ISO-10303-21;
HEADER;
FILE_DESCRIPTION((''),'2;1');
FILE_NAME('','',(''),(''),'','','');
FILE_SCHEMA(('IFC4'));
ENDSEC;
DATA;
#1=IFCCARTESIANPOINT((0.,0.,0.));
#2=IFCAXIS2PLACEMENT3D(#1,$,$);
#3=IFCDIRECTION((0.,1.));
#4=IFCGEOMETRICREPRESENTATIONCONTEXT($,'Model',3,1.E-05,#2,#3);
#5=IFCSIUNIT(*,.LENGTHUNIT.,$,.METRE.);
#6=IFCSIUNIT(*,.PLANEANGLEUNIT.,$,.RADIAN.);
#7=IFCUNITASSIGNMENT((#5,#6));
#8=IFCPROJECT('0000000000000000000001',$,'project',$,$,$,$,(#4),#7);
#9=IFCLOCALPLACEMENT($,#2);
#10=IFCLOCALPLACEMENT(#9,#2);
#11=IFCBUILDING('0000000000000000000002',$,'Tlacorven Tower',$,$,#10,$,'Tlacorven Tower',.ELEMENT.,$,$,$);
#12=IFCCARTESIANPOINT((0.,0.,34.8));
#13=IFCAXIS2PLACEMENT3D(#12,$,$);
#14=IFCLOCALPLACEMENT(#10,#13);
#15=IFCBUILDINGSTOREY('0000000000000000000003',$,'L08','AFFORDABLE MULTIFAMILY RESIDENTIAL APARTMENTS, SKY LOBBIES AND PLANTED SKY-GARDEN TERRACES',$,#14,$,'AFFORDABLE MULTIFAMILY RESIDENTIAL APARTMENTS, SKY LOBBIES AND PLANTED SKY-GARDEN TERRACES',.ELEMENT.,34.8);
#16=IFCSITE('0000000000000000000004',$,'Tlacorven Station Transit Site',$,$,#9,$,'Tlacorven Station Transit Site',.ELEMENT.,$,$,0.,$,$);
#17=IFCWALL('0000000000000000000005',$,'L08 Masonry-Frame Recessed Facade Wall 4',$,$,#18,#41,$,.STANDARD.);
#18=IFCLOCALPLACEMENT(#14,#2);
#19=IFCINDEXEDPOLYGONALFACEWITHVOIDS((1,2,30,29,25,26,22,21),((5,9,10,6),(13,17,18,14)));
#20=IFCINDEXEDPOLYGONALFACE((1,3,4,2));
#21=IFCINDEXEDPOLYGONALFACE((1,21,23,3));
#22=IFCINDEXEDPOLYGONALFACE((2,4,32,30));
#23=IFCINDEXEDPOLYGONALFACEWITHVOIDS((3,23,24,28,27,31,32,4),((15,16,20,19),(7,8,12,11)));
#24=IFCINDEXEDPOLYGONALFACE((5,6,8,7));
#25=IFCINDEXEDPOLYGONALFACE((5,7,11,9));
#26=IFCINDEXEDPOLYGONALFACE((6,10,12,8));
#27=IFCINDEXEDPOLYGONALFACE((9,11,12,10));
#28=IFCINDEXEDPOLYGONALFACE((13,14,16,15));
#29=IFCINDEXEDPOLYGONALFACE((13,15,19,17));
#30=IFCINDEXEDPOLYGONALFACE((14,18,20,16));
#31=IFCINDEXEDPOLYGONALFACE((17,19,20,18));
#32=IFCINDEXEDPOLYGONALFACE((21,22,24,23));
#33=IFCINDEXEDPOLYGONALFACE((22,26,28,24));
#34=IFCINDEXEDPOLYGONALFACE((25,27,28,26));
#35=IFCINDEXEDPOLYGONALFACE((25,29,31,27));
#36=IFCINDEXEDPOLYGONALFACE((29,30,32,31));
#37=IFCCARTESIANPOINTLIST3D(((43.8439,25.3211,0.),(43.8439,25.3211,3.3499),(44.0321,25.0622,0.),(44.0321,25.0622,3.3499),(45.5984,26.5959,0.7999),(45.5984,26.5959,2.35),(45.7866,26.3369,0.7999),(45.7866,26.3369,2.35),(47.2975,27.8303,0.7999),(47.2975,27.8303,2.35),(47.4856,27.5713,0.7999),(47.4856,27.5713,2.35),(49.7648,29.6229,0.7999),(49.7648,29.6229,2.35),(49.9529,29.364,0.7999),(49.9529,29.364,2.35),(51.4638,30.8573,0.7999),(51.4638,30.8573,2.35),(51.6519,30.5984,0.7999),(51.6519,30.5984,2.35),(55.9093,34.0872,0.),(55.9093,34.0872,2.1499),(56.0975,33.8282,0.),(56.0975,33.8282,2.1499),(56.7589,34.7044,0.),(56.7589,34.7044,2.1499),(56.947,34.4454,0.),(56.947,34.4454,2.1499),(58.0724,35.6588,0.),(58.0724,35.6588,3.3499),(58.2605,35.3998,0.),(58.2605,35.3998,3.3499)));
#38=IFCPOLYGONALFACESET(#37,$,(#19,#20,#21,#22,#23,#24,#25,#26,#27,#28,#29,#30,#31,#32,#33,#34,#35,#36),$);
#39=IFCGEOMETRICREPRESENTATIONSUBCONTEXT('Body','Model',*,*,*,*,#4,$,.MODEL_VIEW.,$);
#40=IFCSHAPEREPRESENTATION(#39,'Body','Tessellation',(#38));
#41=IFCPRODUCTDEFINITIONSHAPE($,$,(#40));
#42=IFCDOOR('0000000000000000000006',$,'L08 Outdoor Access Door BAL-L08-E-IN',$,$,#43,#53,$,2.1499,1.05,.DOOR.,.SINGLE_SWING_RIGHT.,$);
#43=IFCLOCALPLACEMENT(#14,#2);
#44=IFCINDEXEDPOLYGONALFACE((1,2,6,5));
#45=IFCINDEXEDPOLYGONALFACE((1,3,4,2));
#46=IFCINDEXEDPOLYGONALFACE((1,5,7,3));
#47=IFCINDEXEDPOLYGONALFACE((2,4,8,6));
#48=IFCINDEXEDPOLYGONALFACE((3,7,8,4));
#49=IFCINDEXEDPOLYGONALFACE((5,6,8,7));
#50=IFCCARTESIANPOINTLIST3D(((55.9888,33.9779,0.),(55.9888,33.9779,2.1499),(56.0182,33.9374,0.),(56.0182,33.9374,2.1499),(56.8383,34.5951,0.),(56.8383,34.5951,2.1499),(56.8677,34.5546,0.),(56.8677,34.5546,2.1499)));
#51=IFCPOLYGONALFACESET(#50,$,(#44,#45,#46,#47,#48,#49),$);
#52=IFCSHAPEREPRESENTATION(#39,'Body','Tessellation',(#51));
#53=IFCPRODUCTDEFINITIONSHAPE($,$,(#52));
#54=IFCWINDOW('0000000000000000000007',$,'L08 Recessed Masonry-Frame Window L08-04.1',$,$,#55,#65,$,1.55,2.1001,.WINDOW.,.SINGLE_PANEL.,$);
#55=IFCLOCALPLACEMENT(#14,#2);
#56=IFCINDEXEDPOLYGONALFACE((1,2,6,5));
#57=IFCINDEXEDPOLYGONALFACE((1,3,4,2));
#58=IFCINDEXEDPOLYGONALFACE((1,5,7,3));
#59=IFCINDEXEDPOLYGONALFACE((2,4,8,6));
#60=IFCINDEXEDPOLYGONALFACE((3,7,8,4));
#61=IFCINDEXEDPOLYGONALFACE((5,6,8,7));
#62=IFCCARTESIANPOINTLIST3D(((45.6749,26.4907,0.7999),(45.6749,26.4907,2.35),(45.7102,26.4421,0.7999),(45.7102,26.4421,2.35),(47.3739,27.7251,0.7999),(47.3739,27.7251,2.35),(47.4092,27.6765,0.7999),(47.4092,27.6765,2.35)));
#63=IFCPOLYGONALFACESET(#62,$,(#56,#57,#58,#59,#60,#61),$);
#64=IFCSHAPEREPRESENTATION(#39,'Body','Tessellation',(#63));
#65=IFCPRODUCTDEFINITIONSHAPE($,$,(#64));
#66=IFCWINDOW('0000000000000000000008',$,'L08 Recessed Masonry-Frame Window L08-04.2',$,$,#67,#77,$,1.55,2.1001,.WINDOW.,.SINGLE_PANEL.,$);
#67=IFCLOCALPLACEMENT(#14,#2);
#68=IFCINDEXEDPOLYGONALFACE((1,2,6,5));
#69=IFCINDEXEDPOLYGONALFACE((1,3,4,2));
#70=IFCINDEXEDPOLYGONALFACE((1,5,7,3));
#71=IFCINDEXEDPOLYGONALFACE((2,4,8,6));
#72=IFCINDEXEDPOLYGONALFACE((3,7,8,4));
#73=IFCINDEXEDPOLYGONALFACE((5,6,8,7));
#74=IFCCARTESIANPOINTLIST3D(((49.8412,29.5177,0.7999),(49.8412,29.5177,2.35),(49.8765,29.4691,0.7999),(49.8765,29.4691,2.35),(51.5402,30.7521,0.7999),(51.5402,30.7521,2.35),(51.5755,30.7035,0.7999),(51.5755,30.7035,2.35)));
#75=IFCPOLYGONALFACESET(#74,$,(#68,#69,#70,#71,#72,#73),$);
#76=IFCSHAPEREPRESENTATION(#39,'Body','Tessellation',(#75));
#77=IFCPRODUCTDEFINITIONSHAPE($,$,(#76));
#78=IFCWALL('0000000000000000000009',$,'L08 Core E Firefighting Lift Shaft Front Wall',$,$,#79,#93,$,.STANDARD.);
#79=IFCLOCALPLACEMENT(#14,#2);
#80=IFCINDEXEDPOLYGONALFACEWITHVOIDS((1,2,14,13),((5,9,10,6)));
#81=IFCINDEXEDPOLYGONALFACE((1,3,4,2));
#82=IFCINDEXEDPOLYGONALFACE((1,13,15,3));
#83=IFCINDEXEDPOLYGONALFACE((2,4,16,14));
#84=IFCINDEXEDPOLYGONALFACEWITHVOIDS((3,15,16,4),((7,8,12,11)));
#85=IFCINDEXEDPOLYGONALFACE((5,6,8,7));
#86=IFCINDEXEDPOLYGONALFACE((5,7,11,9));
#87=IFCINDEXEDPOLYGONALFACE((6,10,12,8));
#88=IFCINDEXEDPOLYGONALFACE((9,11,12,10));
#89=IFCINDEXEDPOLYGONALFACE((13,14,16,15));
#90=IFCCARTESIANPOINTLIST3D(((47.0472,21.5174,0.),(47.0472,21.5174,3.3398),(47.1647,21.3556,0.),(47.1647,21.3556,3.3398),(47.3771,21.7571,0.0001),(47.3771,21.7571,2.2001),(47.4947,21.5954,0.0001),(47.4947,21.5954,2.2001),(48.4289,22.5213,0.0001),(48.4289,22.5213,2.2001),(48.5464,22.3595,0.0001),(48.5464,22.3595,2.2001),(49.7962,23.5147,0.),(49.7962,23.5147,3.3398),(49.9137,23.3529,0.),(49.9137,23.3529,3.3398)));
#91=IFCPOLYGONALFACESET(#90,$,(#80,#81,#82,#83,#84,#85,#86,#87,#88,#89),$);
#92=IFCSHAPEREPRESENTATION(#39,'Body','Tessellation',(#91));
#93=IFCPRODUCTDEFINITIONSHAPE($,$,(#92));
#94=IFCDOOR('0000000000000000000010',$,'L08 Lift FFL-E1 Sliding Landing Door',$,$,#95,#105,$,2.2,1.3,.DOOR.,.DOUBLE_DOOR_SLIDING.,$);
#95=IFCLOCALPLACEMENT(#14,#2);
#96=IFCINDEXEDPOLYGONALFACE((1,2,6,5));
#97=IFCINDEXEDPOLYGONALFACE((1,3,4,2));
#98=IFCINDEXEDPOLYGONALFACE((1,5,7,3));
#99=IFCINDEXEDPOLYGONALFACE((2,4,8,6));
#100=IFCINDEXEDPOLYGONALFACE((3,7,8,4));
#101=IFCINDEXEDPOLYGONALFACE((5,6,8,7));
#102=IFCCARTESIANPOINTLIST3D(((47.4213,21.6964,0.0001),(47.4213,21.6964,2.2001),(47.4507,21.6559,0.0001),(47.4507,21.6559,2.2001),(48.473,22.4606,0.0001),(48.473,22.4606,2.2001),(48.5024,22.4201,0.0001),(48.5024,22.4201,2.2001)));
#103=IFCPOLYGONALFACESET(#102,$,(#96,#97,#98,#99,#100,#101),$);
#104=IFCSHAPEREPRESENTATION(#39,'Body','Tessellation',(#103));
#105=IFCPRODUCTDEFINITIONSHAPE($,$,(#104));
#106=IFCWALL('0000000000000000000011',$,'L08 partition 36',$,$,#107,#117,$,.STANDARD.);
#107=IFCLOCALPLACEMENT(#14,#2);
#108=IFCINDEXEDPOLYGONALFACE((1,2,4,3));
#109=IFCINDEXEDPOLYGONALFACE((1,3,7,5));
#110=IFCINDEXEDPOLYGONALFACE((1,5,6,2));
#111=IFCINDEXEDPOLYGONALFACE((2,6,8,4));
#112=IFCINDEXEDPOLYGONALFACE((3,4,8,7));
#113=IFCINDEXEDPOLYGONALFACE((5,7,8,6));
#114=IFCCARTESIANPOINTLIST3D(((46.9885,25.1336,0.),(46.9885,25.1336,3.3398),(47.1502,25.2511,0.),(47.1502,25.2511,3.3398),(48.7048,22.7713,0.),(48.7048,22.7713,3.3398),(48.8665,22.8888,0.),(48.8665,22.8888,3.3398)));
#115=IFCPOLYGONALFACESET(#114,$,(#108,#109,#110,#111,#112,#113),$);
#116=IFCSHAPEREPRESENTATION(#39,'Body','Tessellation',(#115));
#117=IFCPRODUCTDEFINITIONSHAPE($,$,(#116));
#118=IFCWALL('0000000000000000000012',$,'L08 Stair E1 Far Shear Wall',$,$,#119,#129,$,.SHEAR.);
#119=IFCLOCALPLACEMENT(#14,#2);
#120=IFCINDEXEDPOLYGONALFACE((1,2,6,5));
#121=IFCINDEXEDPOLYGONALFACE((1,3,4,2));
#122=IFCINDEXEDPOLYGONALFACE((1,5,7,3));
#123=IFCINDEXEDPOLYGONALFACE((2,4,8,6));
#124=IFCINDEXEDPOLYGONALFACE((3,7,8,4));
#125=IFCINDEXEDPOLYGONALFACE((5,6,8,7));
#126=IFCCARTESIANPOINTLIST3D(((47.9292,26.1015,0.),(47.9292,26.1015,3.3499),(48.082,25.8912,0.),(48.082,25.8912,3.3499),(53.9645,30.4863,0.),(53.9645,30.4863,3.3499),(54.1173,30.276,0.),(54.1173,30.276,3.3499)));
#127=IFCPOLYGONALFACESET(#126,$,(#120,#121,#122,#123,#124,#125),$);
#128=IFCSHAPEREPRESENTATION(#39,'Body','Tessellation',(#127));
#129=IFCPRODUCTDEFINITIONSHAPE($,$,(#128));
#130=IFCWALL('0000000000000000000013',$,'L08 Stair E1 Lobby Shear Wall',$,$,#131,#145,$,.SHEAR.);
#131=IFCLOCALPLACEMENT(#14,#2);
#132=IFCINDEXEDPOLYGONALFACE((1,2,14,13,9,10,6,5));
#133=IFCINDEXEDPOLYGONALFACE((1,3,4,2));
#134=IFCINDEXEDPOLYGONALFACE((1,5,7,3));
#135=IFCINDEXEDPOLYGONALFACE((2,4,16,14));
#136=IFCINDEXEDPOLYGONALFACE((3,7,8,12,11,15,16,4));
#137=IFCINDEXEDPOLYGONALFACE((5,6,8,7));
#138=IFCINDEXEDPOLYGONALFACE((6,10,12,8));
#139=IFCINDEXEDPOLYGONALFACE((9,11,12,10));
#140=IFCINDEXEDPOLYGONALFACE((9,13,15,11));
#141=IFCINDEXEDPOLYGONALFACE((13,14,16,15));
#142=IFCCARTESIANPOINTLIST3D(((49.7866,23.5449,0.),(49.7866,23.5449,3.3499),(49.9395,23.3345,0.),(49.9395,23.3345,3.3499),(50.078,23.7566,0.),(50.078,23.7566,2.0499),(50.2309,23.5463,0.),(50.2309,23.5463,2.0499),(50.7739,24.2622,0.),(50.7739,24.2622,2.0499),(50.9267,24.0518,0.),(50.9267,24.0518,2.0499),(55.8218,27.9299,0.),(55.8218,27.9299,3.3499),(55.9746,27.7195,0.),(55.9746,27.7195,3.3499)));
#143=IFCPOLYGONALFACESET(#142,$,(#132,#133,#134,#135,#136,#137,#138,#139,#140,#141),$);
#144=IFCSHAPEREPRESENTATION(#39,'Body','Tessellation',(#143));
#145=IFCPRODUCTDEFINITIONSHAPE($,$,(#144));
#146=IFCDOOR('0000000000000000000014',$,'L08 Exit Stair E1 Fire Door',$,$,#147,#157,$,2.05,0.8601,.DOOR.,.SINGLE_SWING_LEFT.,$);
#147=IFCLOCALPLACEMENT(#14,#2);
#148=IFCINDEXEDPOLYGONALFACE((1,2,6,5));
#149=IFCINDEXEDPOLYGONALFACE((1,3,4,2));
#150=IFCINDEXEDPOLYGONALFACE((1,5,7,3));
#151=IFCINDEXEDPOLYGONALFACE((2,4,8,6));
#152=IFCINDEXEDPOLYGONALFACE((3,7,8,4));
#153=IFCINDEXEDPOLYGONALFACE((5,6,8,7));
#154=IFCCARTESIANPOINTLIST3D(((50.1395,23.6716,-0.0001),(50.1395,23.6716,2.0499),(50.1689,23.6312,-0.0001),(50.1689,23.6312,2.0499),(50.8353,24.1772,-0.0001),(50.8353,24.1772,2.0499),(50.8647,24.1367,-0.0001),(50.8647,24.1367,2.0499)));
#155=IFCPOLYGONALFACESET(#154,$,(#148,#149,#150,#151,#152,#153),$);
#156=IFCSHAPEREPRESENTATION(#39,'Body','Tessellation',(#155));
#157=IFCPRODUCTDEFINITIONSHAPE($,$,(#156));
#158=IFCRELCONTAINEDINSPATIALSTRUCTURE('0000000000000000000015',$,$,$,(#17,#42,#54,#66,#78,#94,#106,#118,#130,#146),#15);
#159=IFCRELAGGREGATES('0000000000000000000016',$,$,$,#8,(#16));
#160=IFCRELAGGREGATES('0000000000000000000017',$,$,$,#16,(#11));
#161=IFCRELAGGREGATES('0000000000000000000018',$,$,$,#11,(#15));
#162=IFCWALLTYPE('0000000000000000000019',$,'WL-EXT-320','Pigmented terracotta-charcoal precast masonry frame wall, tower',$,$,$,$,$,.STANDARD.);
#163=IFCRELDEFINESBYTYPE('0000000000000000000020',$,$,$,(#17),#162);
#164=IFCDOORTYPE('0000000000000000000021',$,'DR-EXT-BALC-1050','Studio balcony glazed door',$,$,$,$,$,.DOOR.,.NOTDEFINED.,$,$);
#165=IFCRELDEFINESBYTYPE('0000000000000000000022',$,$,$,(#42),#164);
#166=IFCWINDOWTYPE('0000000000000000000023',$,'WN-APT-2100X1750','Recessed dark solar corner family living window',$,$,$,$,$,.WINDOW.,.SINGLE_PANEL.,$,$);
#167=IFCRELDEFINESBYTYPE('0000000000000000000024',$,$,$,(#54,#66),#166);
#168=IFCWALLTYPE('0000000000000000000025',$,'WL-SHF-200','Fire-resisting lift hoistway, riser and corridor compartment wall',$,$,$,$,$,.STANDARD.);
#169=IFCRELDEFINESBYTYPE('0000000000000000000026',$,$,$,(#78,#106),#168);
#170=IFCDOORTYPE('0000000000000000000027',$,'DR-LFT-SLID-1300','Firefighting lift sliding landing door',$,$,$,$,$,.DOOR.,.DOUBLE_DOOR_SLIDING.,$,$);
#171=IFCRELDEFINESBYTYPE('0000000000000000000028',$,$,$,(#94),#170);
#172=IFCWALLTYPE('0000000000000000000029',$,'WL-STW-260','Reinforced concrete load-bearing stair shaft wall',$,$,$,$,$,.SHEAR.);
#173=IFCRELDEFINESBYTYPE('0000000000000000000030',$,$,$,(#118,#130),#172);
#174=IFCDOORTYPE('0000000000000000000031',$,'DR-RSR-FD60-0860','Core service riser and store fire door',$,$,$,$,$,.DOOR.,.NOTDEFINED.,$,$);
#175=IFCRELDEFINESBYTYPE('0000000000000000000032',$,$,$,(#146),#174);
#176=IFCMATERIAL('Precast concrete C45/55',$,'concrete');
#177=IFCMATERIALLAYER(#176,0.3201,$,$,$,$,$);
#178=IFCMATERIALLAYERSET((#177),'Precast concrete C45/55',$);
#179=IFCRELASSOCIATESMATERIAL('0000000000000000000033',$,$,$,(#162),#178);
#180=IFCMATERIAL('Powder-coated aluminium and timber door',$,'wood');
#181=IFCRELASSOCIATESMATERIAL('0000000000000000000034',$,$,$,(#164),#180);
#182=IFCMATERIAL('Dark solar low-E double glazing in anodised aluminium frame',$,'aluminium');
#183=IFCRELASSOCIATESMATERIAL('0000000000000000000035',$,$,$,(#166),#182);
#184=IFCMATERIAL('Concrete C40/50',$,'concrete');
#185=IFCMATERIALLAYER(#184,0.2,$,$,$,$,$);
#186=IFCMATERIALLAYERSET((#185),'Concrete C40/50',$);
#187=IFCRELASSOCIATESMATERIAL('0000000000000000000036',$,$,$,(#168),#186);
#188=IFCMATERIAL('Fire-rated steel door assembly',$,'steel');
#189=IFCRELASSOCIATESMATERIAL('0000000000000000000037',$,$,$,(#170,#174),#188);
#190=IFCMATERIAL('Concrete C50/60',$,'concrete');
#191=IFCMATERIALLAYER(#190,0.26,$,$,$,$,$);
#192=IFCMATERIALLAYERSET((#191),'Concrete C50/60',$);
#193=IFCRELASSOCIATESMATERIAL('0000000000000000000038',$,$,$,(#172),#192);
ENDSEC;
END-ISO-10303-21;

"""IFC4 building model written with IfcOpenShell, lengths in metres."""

from ifc_helpers import new_model, si_unit, direction, frame, frame_2d, origin, place, context, subcontext, project, spatial, rectangle, extrude, source, transform, mapped, material, layer, layer_set, type_object, element, fill, save


model = new_model("IFC4")

# Units and contexts
model_context = context("Model", 3, precision=1e-05, world=origin(), true_north=direction((0.0, 1.0)))
body_context = subcontext(model_context, "Body", "Model", "MODEL_VIEW")
ifc_project = project(units=[si_unit("LENGTHUNIT", "METRE"), si_unit("PLANEANGLEUNIT", "RADIAN")], contexts=[model_context])

# Site, building, storey
site_placement = place(None, origin())
site = spatial("IfcSite", under=ifc_project, at=site_placement, Name="Tlacorven Station Transit Site", LongName="Tlacorven Station Transit Site", CompositionType="ELEMENT", RefElevation=0.0)
building_placement = place(site_placement, origin())
building = spatial("IfcBuilding", under=site, at=building_placement, Name="Tlacorven Tower", LongName="Tlacorven Tower", CompositionType="ELEMENT")
storey_placement = place(building_placement, frame((0.0, 0.0, 34.8)))
storey = spatial("IfcBuildingStorey", under=building, at=storey_placement, Name="L08", Description="AFFORDABLE MULTIFAMILY RESIDENTIAL APARTMENTS, SKY LOBBIES AND PLANTED SKY-GARDEN TERRACES", LongName="AFFORDABLE MULTIFAMILY RESIDENTIAL APARTMENTS, SKY LOBBIES AND PLANTED SKY-GARDEN TERRACES", CompositionType="ELEMENT", Elevation=34.8)

# Wall, openings, door, windows
ifc_material_1 = material(Name="Precast concrete C45/55", Category="concrete")
ifc_layer_1 = layer(ifc_material_1, 0.3201)
ifc_layer_set_1 = layer_set([ifc_layer_1], Name="Precast concrete C45/55")
wall_type_1 = type_object("IfcWallType", Name="WL-EXT-320", Description="Pigmented terracotta-charcoal precast masonry frame wall, tower", PredefinedType="STANDARD", material=ifc_layer_set_1)
wall_1_placement = place(storey_placement, frame((43.938, 25.1917, 0.0), z_axis=(0.0, 0.0, 1.0), x_axis=(0.809016, 0.587786, 0.0)))
wall_1 = element("IfcWall", 1, at=wall_1_placement, inside=storey, type_object=wall_type_1, Name="L08 Masonry-Frame Recessed Facade Wall 4", PredefinedType="STANDARD", context=body_context, shape_type="SweptSolid", body=[
    extrude(rectangle(XDim=17.5874, YDim=0.3201, at=frame_2d((8.7937, 0.0))), origin(), (0.0, 0.0, 1.0), 3.3499),
])
opening_1_placement = place(wall_1_placement, frame((14.9138, 0.0, 0.0)))
opening_1 = element("IfcOpeningElement", 2, at=opening_1_placement, cuts=wall_1, PredefinedType="OPENING", context=body_context, shape_type="SweptSolid", body=[
    extrude(rectangle(XDim=1.05, YDim=2.1499, at=frame_2d((0.5249, 1.075))), frame((0.0, 0.1699, 0.0), z_axis=(0.0, -1.0, 0.0), x_axis=(1.0, 0.0, 0.0)), (0.0, 0.0, 1.0), 0.3401),
])
opening_2_placement = place(wall_1_placement, frame((2.1687, 0.0, 0.8)))
opening_2 = element("IfcOpeningElement", 3, at=opening_2_placement, cuts=wall_1, PredefinedType="OPENING", context=body_context, shape_type="SweptSolid", body=[
    extrude(rectangle(XDim=2.1001, YDim=1.55, at=frame_2d((1.05, 0.7749))), frame((0.0, 0.1699, 0.0), z_axis=(0.0, -1.0, 0.0), x_axis=(1.0, 0.0, 0.0)), (0.0, 0.0, 1.0), 0.3401),
])
opening_3_placement = place(wall_1_placement, frame((7.3186, 0.0, 0.8)))
opening_3 = element("IfcOpeningElement", 4, at=opening_3_placement, cuts=wall_1, PredefinedType="OPENING", context=body_context, shape_type="SweptSolid", body=[
    extrude(rectangle(XDim=2.1001, YDim=1.55, at=frame_2d((1.05, 0.7749))), frame((0.0, 0.1699, 0.0), z_axis=(0.0, -1.0, 0.0), x_axis=(1.0, 0.0, 0.0)), (0.0, 0.0, 1.0), 0.3401),
])
ifc_material_2 = material(Name="Powder-coated aluminium and timber door", Category="wood")
door_type_1 = type_object("IfcDoorType", Name="DR-EXT-BALC-1050", Description="Studio balcony glazed door", OperationType="NOTDEFINED", PredefinedType="DOOR", material=ifc_material_2)
shared_shape_1 = source(origin(), body_context, "Body", "SweptSolid", [
    extrude(rectangle(XDim=1.05, YDim=2.1499, at=frame_2d((0.5249, 1.075))), frame((0.0, 0.0249, 0.0), z_axis=(0.0, -1.0, 0.0), x_axis=(1.0, 0.0, 0.0)), (0.0, 0.0, 1.0), 0.05),
])
door_1_placement = place(opening_1_placement, origin())
door_1 = element("IfcDoor", 5, at=door_1_placement, inside=storey, type_object=door_type_1, Name="L08 Outdoor Access Door BAL-L08-E-IN", OperationType="SINGLE_SWING_RIGHT", OverallHeight=2.1499, OverallWidth=1.05, PredefinedType="DOOR", context=body_context, shape_type="MappedRepresentation", body=[
    mapped(shared_shape_1, transform((0.0, 0.0, 0.0), scale=1.0)),
])
fill(opening_1, door_1)
ifc_material_3 = material(Name="Dark solar low-E double glazing in anodised aluminium frame", Category="aluminium")
window_type = type_object("IfcWindowType", Name="WN-APT-2100X1750", Description="Recessed dark solar corner family living window", PartitioningType="SINGLE_PANEL", PredefinedType="WINDOW", material=ifc_material_3)
shared_shape_2 = source(origin(), body_context, "Body", "SweptSolid", [
    extrude(rectangle(XDim=2.1001, YDim=1.55, at=frame_2d((1.05, 0.7749))), frame((0.0, 0.03, 0.0), z_axis=(0.0, -1.0, 0.0), x_axis=(1.0, 0.0, 0.0)), (0.0, 0.0, 1.0), 0.0601),
])
window_1_placement = place(opening_2_placement, origin())
window_1 = element("IfcWindow", 6, at=window_1_placement, inside=storey, type_object=window_type, Name="L08 Recessed Masonry-Frame Window L08-04.1", OverallHeight=1.55, OverallWidth=2.1001, PartitioningType="SINGLE_PANEL", PredefinedType="WINDOW", context=body_context, shape_type="MappedRepresentation", body=[
    mapped(shared_shape_2, transform((0.0, 0.0, 0.0), scale=1.0)),
])
fill(opening_2, window_1)
window_2_placement = place(opening_3_placement, origin())
window_2 = element("IfcWindow", 7, at=window_2_placement, inside=storey, type_object=window_type, Name="L08 Recessed Masonry-Frame Window L08-04.2", OverallHeight=1.55, OverallWidth=2.1001, PartitioningType="SINGLE_PANEL", PredefinedType="WINDOW", context=body_context, shape_type="MappedRepresentation", body=[
    mapped(shared_shape_2, transform((0.0, 0.0, 0.0), scale=1.0)),
])
fill(opening_3, window_2)

# Wall, opening, door
ifc_material_4 = material(Name="Concrete C40/50", Category="concrete")
ifc_layer_2 = layer(ifc_material_4, 0.2)
ifc_layer_set_2 = layer_set([ifc_layer_2], Name="Concrete C40/50")
wall_type_2 = type_object("IfcWallType", Name="WL-SHF-200", Description="Fire-resisting lift hoistway, riser and corridor compartment wall", PredefinedType="STANDARD", material=ifc_layer_set_2)
wall_2_placement = place(storey_placement, frame((47.106, 21.4365, 0.0), z_axis=(0.0, 0.0, 1.0), x_axis=(0.809013, 0.587791, 0.0)))
wall_2 = element("IfcWall", 8, at=wall_2_placement, inside=storey, type_object=wall_type_2, Name="L08 Core E Firefighting Lift Shaft Front Wall", PredefinedType="STANDARD", context=body_context, shape_type="SweptSolid", body=[
    extrude(rectangle(XDim=3.3979, YDim=0.2, at=frame_2d((1.699, 0.0))), origin(), (0.0, 0.0, 1.0), 3.3398),
])
opening_4_placement = place(wall_2_placement, frame((0.408, 0.0, 0.0)))
opening_4 = element("IfcOpeningElement", 9, at=opening_4_placement, cuts=wall_2, PredefinedType="OPENING", context=body_context, shape_type="SweptSolid", body=[
    extrude(rectangle(XDim=1.3, YDim=2.2, at=frame_2d((0.6499, 1.1001))), frame((0.0, 0.1099, 0.0), z_axis=(0.0, -1.0, 0.0), x_axis=(1.0, 0.0, 0.0)), (0.0, 0.0, 1.0), 0.22),
])
ifc_material_5 = material(Name="Fire-rated steel door assembly", Category="steel")
door_type_2 = type_object("IfcDoorType", Name="DR-LFT-SLID-1300", Description="Firefighting lift sliding landing door", OperationType="DOUBLE_DOOR_SLIDING", PredefinedType="DOOR", material=ifc_material_5)
shared_shape_3 = source(origin(), body_context, "Body", "SweptSolid", [
    extrude(rectangle(XDim=1.3, YDim=2.2, at=frame_2d((0.6499, 1.1001))), frame((0.0, 0.0249, 0.0), z_axis=(0.0, -1.0, 0.0), x_axis=(1.0, 0.0, 0.0)), (0.0, 0.0, 1.0), 0.05),
])
door_2_placement = place(opening_4_placement, origin())
door_2 = element("IfcDoor", 10, at=door_2_placement, inside=storey, type_object=door_type_2, Name="L08 Lift FFL-E1 Sliding Landing Door", OperationType="DOUBLE_DOOR_SLIDING", OverallHeight=2.2, OverallWidth=1.3, PredefinedType="DOOR", context=body_context, shape_type="MappedRepresentation", body=[
    mapped(shared_shape_3, transform((0.0, 0.0, 0.0), scale=1.0)),
])
fill(opening_4, door_2)

# Walls
wall_3_placement = place(storey_placement, frame((48.7856, 22.8301, 0.0), z_axis=(0.0, 0.0, 1.0), x_axis=(-0.587784, 0.809018, 0.0)))
element("IfcWall", 11, at=wall_3_placement, inside=storey, type_object=wall_type_2, Name="L08 partition 36", PredefinedType="STANDARD", context=body_context, shape_type="SweptSolid", body=[
    extrude(rectangle(XDim=2.9199, YDim=0.2, at=frame_2d((1.46, 0.0))), origin(), (0.0, 0.0, 1.0), 3.3398),
])
ifc_material_6 = material(Name="Concrete C50/60", Category="concrete")
ifc_layer_3 = layer(ifc_material_6, 0.26)
ifc_layer_set_3 = layer_set([ifc_layer_3], Name="Concrete C50/60")
wall_type_3 = type_object("IfcWallType", Name="WL-STW-260", Description="Reinforced concrete load-bearing stair shaft wall", PredefinedType="SHEAR", material=ifc_layer_set_3)
wall_4_placement = place(storey_placement, frame((48.0056, 25.9963, 0.0), z_axis=(0.0, 0.0, 1.0), x_axis=(0.809019, 0.587782, 0.0)))
element("IfcWall", 12, at=wall_4_placement, inside=storey, type_object=wall_type_3, Name="L08 Stair E1 Far Shear Wall", PredefinedType="SHEAR", context=body_context, shape_type="SweptSolid", body=[
    extrude(rectangle(XDim=7.46, YDim=0.26, at=frame_2d((3.73, 0.0))), origin(), (0.0, 0.0, 1.0), 3.3499),
])

# Wall, opening, door
wall_5_placement = place(storey_placement, frame((49.863, 23.4397, 0.0), z_axis=(0.0, 0.0, 1.0), x_axis=(0.809003, 0.587804, 0.0)))
wall_5 = element("IfcWall", 13, at=wall_5_placement, inside=storey, type_object=wall_type_3, Name="L08 Stair E1 Lobby Shear Wall", PredefinedType="SHEAR", context=body_context, shape_type="SweptSolid", body=[
    extrude(rectangle(XDim=7.46, YDim=0.26, at=frame_2d((3.73, 0.0))), origin(), (0.0, 0.0, 1.0), 3.3499),
])
opening_5_placement = place(wall_5_placement, frame((0.3601, 0.0, 0.0)))
opening_5 = element("IfcOpeningElement", 14, at=opening_5_placement, cuts=wall_5, PredefinedType="OPENING", context=body_context, shape_type="SweptSolid", body=[
    extrude(rectangle(XDim=0.8601, YDim=2.05, at=frame_2d((0.4302, 1.0249))), frame((0.0, 0.1401, 0.0), z_axis=(0.0, -1.0, 0.0), x_axis=(1.0, 0.0, 0.0)), (0.0, 0.0, 1.0), 0.28),
])
door_type_3 = type_object("IfcDoorType", Name="DR-RSR-FD60-0860", Description="Core service riser and store fire door", OperationType="NOTDEFINED", PredefinedType="DOOR", material=ifc_material_5)
shared_shape_4 = source(origin(), body_context, "Body", "SweptSolid", [
    extrude(rectangle(XDim=0.8601, YDim=2.05, at=frame_2d((0.4302, 1.0249))), frame((0.0, 0.0249, 0.0), z_axis=(0.0, -1.0, 0.0), x_axis=(1.0, 0.0, 0.0)), (0.0, 0.0, 1.0), 0.05),
])
door_3_placement = place(opening_5_placement, frame((0.8601, 0.0, 0.0), z_axis=(0.0, 0.0, 1.0), x_axis=(-1.0, 0.0, 0.0)))
door_3 = element("IfcDoor", 15, at=door_3_placement, inside=storey, type_object=door_type_3, Name="L08 Exit Stair E1 Fire Door", OperationType="SINGLE_SWING_LEFT", OverallHeight=2.05, OverallWidth=0.8601, PredefinedType="DOOR", context=body_context, shape_type="MappedRepresentation", body=[
    mapped(shared_shape_4, transform((0.0, 0.0, 0.0), scale=1.0)),
])
fill(opening_5, door_3)

save(model, "model.ifc")
